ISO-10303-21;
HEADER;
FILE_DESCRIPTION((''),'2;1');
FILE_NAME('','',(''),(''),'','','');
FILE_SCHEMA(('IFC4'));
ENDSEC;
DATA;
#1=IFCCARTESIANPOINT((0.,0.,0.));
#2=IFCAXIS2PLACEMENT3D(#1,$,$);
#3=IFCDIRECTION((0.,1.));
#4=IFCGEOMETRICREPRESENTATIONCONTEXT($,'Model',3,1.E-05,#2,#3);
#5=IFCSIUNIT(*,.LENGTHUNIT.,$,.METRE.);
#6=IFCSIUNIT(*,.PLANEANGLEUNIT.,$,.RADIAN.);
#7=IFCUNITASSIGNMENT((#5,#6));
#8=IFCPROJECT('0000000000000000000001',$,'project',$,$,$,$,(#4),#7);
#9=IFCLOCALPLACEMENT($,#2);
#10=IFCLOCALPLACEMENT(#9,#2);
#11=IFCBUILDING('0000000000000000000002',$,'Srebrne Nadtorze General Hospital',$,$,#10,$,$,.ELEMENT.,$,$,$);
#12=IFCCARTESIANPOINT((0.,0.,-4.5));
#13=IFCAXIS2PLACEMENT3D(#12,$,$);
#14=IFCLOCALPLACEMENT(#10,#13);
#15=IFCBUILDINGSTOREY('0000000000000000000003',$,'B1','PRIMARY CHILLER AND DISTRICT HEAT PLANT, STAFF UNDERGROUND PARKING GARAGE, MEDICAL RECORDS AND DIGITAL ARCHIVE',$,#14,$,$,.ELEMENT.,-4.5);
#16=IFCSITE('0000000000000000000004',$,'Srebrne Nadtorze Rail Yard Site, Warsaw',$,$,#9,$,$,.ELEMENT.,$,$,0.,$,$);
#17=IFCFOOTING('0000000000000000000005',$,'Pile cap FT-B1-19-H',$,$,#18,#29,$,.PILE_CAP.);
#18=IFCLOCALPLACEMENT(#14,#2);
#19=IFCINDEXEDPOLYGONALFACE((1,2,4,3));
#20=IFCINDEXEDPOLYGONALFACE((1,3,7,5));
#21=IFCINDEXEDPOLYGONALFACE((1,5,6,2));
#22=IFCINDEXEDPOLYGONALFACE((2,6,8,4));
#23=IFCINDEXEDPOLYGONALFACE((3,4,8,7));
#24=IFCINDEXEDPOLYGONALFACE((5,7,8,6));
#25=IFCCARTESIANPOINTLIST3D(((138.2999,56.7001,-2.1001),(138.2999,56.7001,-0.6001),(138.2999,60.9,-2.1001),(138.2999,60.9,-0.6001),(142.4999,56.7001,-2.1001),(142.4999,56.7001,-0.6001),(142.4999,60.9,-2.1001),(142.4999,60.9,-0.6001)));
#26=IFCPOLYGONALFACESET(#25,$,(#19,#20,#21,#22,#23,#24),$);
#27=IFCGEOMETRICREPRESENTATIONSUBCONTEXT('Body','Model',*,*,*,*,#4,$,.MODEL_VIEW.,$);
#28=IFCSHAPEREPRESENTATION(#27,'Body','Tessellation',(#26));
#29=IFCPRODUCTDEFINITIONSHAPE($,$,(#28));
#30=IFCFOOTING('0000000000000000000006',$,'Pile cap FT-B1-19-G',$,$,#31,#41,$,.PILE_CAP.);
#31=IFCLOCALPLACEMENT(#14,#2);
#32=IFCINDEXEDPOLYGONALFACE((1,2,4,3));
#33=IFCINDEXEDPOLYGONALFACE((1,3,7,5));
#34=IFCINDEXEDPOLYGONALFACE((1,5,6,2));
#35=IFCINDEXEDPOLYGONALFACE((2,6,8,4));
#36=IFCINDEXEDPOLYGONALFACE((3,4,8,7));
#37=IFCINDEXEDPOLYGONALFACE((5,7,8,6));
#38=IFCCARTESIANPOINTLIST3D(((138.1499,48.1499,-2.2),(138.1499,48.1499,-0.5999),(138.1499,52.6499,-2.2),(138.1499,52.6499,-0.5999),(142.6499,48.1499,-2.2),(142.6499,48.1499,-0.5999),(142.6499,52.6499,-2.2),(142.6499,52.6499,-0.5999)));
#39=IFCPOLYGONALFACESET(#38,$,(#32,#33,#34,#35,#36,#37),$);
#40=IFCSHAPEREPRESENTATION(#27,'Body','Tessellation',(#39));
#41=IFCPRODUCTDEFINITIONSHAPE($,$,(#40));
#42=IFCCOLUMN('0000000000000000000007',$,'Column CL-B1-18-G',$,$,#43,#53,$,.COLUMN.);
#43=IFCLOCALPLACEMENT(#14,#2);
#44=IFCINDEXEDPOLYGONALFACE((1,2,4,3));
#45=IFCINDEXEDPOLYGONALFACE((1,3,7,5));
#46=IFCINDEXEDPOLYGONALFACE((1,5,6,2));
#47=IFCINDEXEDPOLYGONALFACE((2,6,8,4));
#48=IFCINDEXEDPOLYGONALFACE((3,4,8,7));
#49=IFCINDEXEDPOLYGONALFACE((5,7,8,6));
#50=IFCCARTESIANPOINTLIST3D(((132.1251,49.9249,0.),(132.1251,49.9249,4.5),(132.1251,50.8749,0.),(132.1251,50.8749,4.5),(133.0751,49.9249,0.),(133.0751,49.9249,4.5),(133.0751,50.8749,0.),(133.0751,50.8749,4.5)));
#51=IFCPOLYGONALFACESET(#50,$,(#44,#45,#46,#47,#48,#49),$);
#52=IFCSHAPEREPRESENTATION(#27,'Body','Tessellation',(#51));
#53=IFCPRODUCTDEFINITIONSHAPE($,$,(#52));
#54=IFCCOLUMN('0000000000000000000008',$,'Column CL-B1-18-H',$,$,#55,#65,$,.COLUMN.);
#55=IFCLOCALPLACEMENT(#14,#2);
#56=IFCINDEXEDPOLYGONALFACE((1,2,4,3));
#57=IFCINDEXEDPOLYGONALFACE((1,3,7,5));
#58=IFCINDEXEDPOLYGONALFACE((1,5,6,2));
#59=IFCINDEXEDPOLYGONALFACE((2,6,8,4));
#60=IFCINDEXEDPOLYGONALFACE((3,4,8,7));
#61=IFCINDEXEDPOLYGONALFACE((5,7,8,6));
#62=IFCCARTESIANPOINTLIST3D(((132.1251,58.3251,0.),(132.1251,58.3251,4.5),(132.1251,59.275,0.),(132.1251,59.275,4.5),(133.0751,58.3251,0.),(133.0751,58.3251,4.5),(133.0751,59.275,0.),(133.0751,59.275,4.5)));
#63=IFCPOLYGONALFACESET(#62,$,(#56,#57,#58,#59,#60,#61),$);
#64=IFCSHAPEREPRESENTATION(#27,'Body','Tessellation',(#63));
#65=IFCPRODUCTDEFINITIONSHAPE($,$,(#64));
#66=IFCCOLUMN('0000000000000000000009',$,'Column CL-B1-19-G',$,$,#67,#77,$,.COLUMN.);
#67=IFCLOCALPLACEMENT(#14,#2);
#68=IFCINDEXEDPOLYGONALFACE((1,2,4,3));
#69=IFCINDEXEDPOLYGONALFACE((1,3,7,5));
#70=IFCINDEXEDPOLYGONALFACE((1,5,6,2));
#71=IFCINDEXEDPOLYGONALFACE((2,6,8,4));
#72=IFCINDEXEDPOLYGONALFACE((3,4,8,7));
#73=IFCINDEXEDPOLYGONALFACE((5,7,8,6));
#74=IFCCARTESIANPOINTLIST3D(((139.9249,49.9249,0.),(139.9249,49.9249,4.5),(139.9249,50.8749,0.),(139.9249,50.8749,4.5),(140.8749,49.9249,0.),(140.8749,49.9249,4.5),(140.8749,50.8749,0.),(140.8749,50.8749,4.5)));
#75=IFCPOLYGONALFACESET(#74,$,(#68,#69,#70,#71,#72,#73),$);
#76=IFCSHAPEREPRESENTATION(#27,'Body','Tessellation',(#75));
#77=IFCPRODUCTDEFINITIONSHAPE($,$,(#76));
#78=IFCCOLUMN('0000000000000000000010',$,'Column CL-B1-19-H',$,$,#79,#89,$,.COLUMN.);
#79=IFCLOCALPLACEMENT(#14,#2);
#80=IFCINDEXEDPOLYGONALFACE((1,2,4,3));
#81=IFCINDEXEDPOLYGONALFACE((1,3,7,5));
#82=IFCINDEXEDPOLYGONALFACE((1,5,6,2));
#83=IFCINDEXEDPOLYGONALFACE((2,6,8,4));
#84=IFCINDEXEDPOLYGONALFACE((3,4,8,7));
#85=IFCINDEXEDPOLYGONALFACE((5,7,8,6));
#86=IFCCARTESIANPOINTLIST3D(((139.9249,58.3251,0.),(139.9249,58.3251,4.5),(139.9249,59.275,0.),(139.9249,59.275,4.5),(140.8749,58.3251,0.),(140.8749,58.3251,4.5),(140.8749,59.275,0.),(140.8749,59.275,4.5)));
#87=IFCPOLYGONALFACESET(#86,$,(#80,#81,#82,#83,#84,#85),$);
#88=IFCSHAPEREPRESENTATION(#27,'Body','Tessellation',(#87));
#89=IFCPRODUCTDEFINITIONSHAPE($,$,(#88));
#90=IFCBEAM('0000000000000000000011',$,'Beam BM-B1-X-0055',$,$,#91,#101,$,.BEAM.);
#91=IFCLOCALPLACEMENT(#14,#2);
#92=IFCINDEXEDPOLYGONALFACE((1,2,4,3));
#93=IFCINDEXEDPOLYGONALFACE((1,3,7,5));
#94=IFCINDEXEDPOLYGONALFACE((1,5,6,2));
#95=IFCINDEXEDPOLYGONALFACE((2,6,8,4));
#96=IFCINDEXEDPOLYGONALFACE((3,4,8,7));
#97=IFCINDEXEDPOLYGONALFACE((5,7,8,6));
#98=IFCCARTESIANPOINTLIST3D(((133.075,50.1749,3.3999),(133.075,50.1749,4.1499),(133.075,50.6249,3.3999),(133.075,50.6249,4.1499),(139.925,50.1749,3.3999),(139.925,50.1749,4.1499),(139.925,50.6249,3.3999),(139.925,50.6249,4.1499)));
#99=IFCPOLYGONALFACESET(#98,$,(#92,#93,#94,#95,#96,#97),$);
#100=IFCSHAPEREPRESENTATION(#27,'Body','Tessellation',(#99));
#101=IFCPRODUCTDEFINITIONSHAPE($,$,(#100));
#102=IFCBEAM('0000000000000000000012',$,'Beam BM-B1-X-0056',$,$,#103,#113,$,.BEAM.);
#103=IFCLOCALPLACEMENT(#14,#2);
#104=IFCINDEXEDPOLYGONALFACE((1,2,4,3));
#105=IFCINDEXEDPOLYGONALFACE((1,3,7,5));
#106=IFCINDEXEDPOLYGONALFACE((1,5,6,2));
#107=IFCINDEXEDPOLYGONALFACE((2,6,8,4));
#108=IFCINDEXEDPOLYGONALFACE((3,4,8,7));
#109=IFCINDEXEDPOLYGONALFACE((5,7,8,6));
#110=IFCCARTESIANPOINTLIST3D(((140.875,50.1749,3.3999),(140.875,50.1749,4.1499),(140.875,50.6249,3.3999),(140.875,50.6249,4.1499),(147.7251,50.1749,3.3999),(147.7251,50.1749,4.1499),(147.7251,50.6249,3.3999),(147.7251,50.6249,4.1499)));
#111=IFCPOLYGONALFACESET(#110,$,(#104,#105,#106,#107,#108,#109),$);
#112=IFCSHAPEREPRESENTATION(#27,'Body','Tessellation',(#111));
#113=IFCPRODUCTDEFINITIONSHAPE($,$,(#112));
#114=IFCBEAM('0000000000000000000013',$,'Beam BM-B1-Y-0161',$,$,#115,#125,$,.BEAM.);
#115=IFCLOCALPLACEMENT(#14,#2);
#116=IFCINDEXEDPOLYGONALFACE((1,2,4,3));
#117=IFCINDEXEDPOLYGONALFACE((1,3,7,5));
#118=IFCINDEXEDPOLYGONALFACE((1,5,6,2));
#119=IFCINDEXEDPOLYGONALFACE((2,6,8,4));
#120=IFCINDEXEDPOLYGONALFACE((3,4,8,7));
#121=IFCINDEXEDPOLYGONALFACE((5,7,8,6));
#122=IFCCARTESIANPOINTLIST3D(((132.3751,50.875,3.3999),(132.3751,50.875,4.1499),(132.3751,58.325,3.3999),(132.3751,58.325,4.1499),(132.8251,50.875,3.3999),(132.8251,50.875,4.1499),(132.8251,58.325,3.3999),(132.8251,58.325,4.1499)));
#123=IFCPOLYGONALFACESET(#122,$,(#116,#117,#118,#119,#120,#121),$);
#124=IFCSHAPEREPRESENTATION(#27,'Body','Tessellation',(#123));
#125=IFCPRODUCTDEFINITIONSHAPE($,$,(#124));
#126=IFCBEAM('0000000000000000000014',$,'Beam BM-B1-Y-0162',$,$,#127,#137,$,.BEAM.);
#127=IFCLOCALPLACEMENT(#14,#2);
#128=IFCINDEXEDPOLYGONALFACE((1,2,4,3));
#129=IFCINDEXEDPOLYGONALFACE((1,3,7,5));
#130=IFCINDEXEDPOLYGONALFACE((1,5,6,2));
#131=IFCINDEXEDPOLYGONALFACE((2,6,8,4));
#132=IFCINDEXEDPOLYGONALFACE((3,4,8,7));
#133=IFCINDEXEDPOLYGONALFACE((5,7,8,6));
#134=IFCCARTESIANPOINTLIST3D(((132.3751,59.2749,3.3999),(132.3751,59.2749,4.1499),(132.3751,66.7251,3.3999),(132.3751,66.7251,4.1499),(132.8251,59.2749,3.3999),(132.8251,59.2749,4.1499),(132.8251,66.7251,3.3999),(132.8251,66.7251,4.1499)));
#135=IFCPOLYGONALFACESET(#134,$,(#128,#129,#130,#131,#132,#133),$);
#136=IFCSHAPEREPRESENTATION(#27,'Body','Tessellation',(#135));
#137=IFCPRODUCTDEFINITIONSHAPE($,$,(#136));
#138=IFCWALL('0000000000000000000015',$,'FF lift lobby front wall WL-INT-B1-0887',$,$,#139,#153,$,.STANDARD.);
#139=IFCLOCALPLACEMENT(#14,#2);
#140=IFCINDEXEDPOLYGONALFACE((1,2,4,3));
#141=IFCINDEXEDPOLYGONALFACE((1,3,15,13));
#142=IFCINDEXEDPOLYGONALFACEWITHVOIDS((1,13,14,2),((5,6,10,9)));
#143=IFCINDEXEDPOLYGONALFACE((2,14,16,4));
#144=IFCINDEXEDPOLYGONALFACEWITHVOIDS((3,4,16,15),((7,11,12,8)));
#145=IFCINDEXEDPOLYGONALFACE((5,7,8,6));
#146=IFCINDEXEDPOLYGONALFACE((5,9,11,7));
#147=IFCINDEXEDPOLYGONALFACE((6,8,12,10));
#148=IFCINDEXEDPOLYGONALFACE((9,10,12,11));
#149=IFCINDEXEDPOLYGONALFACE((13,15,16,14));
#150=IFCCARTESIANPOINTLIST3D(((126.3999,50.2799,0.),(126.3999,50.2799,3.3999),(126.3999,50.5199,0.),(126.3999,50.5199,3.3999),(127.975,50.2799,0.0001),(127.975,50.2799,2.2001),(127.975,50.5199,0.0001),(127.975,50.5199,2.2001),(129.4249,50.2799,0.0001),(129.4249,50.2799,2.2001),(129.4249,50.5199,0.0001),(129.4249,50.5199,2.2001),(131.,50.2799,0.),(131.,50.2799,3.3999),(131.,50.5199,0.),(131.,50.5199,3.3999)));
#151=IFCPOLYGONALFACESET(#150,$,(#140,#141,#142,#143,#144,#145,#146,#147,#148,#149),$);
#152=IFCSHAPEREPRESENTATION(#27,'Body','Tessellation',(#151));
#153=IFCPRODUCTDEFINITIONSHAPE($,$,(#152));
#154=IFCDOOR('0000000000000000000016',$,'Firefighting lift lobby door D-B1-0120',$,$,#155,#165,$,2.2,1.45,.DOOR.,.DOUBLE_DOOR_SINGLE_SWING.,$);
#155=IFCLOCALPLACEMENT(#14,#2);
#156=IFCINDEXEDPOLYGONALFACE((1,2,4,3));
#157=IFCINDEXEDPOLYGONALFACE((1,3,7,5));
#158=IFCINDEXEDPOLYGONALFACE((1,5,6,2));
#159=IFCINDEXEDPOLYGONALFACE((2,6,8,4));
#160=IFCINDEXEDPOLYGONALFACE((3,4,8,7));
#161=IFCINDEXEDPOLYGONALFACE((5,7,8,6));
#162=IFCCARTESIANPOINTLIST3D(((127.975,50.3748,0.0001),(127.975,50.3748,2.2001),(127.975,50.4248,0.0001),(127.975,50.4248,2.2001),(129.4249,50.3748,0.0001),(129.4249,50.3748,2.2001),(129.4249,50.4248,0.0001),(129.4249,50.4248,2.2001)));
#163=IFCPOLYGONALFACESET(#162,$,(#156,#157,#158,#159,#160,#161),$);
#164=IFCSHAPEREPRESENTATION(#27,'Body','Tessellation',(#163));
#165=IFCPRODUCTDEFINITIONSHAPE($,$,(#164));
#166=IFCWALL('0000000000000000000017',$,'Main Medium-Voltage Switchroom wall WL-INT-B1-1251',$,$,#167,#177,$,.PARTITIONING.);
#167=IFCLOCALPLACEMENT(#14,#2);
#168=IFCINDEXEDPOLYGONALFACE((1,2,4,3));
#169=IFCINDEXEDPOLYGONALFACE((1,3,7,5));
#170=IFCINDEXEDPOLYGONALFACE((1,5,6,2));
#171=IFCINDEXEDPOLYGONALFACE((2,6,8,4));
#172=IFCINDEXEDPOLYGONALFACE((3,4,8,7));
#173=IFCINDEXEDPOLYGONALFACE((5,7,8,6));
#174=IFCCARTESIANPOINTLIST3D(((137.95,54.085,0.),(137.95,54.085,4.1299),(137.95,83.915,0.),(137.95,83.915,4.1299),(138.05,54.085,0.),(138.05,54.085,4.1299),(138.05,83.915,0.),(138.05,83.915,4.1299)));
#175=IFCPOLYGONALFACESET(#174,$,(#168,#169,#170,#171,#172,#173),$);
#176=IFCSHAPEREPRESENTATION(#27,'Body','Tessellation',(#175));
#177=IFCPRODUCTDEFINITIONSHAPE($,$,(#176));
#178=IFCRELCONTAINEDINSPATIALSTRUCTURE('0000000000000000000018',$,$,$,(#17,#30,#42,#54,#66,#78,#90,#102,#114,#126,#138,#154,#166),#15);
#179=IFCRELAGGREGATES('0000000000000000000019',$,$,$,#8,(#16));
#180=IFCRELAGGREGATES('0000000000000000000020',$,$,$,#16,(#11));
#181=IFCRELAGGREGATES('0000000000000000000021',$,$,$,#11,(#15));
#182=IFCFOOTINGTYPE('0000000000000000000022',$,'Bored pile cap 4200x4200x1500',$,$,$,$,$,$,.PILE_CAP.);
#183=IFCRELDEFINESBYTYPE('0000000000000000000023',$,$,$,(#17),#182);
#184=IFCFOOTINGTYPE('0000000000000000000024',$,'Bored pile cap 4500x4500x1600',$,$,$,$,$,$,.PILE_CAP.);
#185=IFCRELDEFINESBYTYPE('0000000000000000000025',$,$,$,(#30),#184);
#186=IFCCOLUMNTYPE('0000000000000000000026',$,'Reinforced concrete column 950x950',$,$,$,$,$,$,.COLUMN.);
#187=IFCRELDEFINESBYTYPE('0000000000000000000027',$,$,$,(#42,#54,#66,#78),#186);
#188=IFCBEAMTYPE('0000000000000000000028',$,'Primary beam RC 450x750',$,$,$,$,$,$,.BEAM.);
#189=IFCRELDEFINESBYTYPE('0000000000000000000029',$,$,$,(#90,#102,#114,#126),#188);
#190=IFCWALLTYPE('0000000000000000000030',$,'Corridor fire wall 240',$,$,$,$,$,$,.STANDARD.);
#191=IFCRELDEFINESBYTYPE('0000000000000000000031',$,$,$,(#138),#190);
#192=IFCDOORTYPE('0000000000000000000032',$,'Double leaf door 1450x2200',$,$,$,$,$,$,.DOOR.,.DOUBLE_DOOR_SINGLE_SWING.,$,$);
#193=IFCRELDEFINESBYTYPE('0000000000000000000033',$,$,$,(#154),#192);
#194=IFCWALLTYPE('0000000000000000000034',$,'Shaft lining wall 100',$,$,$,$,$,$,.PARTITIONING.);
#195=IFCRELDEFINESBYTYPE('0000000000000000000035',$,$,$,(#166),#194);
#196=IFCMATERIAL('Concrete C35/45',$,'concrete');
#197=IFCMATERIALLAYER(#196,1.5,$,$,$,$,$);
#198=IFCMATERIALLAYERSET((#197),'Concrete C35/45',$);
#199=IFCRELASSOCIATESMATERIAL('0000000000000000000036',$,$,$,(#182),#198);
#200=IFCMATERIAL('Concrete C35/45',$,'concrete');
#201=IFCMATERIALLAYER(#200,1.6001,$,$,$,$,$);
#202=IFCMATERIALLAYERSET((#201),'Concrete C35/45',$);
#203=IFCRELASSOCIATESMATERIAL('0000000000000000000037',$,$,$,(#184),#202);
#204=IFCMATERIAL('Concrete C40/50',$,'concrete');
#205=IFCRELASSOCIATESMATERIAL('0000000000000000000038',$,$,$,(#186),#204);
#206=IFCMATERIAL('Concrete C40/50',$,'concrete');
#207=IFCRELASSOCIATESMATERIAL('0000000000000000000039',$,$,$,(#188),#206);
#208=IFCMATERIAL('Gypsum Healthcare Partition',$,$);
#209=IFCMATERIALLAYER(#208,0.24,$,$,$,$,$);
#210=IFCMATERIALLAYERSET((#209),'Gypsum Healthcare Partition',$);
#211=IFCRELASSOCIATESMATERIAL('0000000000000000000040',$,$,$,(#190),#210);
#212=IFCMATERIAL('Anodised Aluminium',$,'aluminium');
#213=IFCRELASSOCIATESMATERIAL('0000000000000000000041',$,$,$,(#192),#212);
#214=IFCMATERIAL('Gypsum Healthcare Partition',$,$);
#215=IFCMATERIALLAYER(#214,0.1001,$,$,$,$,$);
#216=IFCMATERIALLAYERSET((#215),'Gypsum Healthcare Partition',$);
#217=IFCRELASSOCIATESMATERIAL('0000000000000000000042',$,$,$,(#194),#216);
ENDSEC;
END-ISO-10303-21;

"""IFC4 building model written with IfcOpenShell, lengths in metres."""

from ifc_helpers import new_model, si_unit, direction, frame, frame_2d, origin, origin_2d, place, context, subcontext, project, spatial, rectangle, extrude, material, layer, layer_set, material_profile, profile_set, type_object, element, fill, save


model = new_model("IFC4")

# Units and contexts
model_context = context("Model", 3, precision=1e-05, world=origin(), true_north=direction((0.0, 1.0)))
body_context = subcontext(model_context, "Body", "Model", "MODEL_VIEW")
ifc_project = project(units=[si_unit("LENGTHUNIT", "METRE"), si_unit("PLANEANGLEUNIT", "RADIAN")], contexts=[model_context])

# Site, building, storey
site_placement = place(None, origin())
site = spatial("IfcSite", under=ifc_project, at=site_placement, Name="Srebrne Nadtorze Rail Yard Site, Warsaw", CompositionType="ELEMENT", RefElevation=0.0)
building_placement = place(site_placement, origin())
building = spatial("IfcBuilding", under=site, at=building_placement, Name="Srebrne Nadtorze General Hospital", CompositionType="ELEMENT")
storey_placement = place(building_placement, frame((0.0, 0.0, -4.5)))
storey = spatial("IfcBuildingStorey", under=building, at=storey_placement, Name="B1", Description="PRIMARY CHILLER AND DISTRICT HEAT PLANT, STAFF UNDERGROUND PARKING GARAGE, MEDICAL RECORDS AND DIGITAL ARCHIVE", CompositionType="ELEMENT", Elevation=-4.5)

# Footings
ifc_material_1 = material(Name="Concrete C35/45", Category="concrete")
ifc_layer_1 = layer(ifc_material_1, 1.5)
ifc_layer_set_1 = layer_set([ifc_layer_1], Name="Concrete C35/45")
footing_type_1 = type_object("IfcFootingType", Name="Bored pile cap 4200x4200x1500", PredefinedType="PILE_CAP", material=ifc_layer_set_1)
footing_1_placement = place(storey_placement, frame((140.3999, 58.8, -2.1001), z_axis=(0.0, 0.0, 1.0), x_axis=(1.0, 0.0, 0.0)))
element("IfcFooting", 1, at=footing_1_placement, inside=storey, type_object=footing_type_1, Name="Pile cap FT-B1-19-H", PredefinedType="PILE_CAP", context=body_context, shape_type="SweptSolid", body=[
    extrude(rectangle(XDim=4.2, YDim=4.2, at=origin_2d()), origin(), (0.0, 0.0, 1.0), 1.5),
])
ifc_material_2 = material(Name="Concrete C35/45", Category="concrete")
ifc_layer_2 = layer(ifc_material_2, 1.6001)
ifc_layer_set_2 = layer_set([ifc_layer_2], Name="Concrete C35/45")
footing_type_2 = type_object("IfcFootingType", Name="Bored pile cap 4500x4500x1600", PredefinedType="PILE_CAP", material=ifc_layer_set_2)
footing_2_placement = place(storey_placement, frame((140.3999, 50.3999, -2.2), z_axis=(0.0, 0.0, 1.0), x_axis=(1.0, 0.0, 0.0)))
element("IfcFooting", 2, at=footing_2_placement, inside=storey, type_object=footing_type_2, Name="Pile cap FT-B1-19-G", PredefinedType="PILE_CAP", context=body_context, shape_type="SweptSolid", body=[
    extrude(rectangle(XDim=4.5, YDim=4.5, at=origin_2d()), origin(), (0.0, 0.0, 1.0), 1.6001),
])

# Columns
ifc_material_3 = material(Name="Concrete C40/50", Category="concrete")
ifc_material_profile_1 = material_profile(ifc_material_3, rectangle(XDim=0.95, YDim=0.95, at=origin_2d()), Name="RC-COL-950x950")
ifc_profile_set_1 = profile_set([ifc_material_profile_1], Name="Concrete C40/50")
column_type = type_object("IfcColumnType", Name="Reinforced concrete column 950x950", PredefinedType="COLUMN", material=ifc_profile_set_1)
for number, where, z_axis, x_axis, name in (
    (3, (132.6001, 50.3999, 0.0), (0.0, 0.0, 1.0), (1.0, 0.0, 0.0), "Column CL-B1-18-G"),
    (4, (132.6001, 58.8, 0.0), (0.0, 0.0, 1.0), (1.0, 0.0, 0.0), "Column CL-B1-18-H"),
    (5, (140.3999, 50.3999, 0.0), (0.0, 0.0, 1.0), (1.0, 0.0, 0.0), "Column CL-B1-19-G"),
    (6, (140.3999, 58.8, 0.0), (0.0, 0.0, 1.0), (1.0, 0.0, 0.0), "Column CL-B1-19-H"),
):
    element("IfcColumn", number, at=place(storey_placement, frame(where, z_axis=z_axis, x_axis=x_axis)), inside=storey, type_object=column_type, Name=name, PredefinedType="COLUMN", context=body_context, shape_type="SweptSolid", body=[
        extrude(rectangle(XDim=0.95, YDim=0.95, at=origin_2d()), origin(), (0.0, 0.0, 1.0), 4.5),
    ])

# Beams
ifc_material_4 = material(Name="Concrete C40/50", Category="concrete")
ifc_material_profile_2 = material_profile(ifc_material_4, rectangle(XDim=0.45, YDim=0.75, at=origin_2d()), Name="RC-BM-450x750")
ifc_profile_set_2 = profile_set([ifc_material_profile_2], Name="Concrete C40/50")
beam_type = type_object("IfcBeamType", Name="Primary beam RC 450x750", PredefinedType="BEAM", material=ifc_profile_set_2)
for number, where, z_axis, x_axis, name in (
    (7, (133.075, 50.3999, 3.7749), (1.0, 0.0, 0.0), (0.0, 1.0, 0.0), "Beam BM-B1-X-0055"),
    (8, (140.875, 50.3999, 3.7749), (1.0, 0.0, 0.0), (0.0, 1.0, 0.0), "Beam BM-B1-X-0056"),
):
    element("IfcBeam", number, at=place(storey_placement, frame(where, z_axis=z_axis, x_axis=x_axis)), inside=storey, type_object=beam_type, Name=name, PredefinedType="BEAM", context=body_context, shape_type="SweptSolid", body=[
        extrude(rectangle(XDim=0.45, YDim=0.75, at=origin_2d()), origin(), (0.0, 0.0, 1.0), 6.8501),
    ])
beam_1_placement = place(storey_placement, frame((132.6001, 50.875, 3.7749), z_axis=(0.0, 1.0, 0.0), x_axis=(-1.0, 0.0, 0.0)))
element("IfcBeam", 9, at=beam_1_placement, inside=storey, type_object=beam_type, Name="Beam BM-B1-Y-0161", PredefinedType="BEAM", context=body_context, shape_type="SweptSolid", body=[
    extrude(rectangle(XDim=0.45, YDim=0.75, at=origin_2d()), origin(), (0.0, 0.0, 1.0), 7.45),
])
beam_2_placement = place(storey_placement, frame((132.6001, 59.2749, 3.7749), z_axis=(0.0, 1.0, 0.0), x_axis=(-1.0, 0.0, 0.0)))
element("IfcBeam", 10, at=beam_2_placement, inside=storey, type_object=beam_type, Name="Beam BM-B1-Y-0162", PredefinedType="BEAM", context=body_context, shape_type="SweptSolid", body=[
    extrude(rectangle(XDim=0.45, YDim=0.75, at=origin_2d()), origin(), (0.0, 0.0, 1.0), 7.4502),
])

# Wall, opening, door
ifc_material_5 = material(Name="Gypsum Healthcare Partition")
ifc_layer_3 = layer(ifc_material_5, 0.24)
ifc_layer_set_3 = layer_set([ifc_layer_3], Name="Gypsum Healthcare Partition")
wall_type_1 = type_object("IfcWallType", Name="Corridor fire wall 240", PredefinedType="STANDARD", material=ifc_layer_set_3)
wall_1_placement = place(storey_placement, frame((126.3999, 50.3999, 0.0), z_axis=(0.0, 0.0, 1.0), x_axis=(1.0, 0.0, 0.0)))
wall_1 = element("IfcWall", 11, at=wall_1_placement, inside=storey, type_object=wall_type_1, Name="FF lift lobby front wall WL-INT-B1-0887", PredefinedType="STANDARD", context=body_context, shape_type="SweptSolid", body=[
    extrude(rectangle(XDim=4.6001, YDim=0.24, at=frame_2d((2.3, 0.0))), origin(), (0.0, 0.0, 1.0), 3.3999),
])
opening_placement = place(wall_1_placement, frame((1.575, 0.0, 0.0)))
opening = element("IfcOpeningElement", 12, at=opening_placement, cuts=wall_1, PredefinedType="OPENING", context=body_context, shape_type="SweptSolid", body=[
    extrude(rectangle(XDim=1.45, YDim=2.2, at=frame_2d((0.7251, 1.1001))), frame((0.0, 0.1318, 0.0), z_axis=(0.0, -1.0, 0.0), x_axis=(1.0, 0.0, 0.0)), (0.0, 0.0, 1.0), 0.2639),
])
ifc_material_6 = material(Name="Anodised Aluminium", Category="aluminium")
door_type = type_object("IfcDoorType", Name="Double leaf door 1450x2200", OperationType="DOUBLE_DOOR_SINGLE_SWING", PredefinedType="DOOR", material=ifc_material_6)
door_placement = place(opening_placement, origin())
door = element("IfcDoor", 13, at=door_placement, inside=storey, type_object=door_type, Name="Firefighting lift lobby door D-B1-0120", OperationType="DOUBLE_DOOR_SINGLE_SWING", OverallHeight=2.2, OverallWidth=1.45, PredefinedType="DOOR", context=body_context, shape_type="SweptSolid", body=[
    extrude(rectangle(XDim=1.45, YDim=2.2, at=frame_2d((0.7251, 1.1001))), frame((0.0, 0.0249, 0.0), z_axis=(0.0, -1.0, 0.0), x_axis=(1.0, 0.0, 0.0)), (0.0, 0.0, 1.0), 0.05),
])
fill(opening, door)

# Wall
ifc_material_7 = material(Name="Gypsum Healthcare Partition")
ifc_layer_4 = layer(ifc_material_7, 0.1001)
ifc_layer_set_4 = layer_set([ifc_layer_4], Name="Gypsum Healthcare Partition")
wall_type_2 = type_object("IfcWallType", Name="Shaft lining wall 100", PredefinedType="PARTITIONING", material=ifc_layer_set_4)
wall_2_placement = place(storey_placement, frame((138.0, 54.085, 0.0), z_axis=(0.0, 0.0, 1.0), x_axis=(0.0, 1.0, 0.0)))
element("IfcWall", 14, at=wall_2_placement, inside=storey, type_object=wall_type_2, Name="Main Medium-Voltage Switchroom wall WL-INT-B1-1251", PredefinedType="PARTITIONING", context=body_context, shape_type="SweptSolid", body=[
    extrude(rectangle(XDim=29.8301, YDim=0.1001, at=frame_2d((14.915, 0.0))), origin(), (0.0, 0.0, 1.0), 4.1299),
])

save(model, "model.ifc")
